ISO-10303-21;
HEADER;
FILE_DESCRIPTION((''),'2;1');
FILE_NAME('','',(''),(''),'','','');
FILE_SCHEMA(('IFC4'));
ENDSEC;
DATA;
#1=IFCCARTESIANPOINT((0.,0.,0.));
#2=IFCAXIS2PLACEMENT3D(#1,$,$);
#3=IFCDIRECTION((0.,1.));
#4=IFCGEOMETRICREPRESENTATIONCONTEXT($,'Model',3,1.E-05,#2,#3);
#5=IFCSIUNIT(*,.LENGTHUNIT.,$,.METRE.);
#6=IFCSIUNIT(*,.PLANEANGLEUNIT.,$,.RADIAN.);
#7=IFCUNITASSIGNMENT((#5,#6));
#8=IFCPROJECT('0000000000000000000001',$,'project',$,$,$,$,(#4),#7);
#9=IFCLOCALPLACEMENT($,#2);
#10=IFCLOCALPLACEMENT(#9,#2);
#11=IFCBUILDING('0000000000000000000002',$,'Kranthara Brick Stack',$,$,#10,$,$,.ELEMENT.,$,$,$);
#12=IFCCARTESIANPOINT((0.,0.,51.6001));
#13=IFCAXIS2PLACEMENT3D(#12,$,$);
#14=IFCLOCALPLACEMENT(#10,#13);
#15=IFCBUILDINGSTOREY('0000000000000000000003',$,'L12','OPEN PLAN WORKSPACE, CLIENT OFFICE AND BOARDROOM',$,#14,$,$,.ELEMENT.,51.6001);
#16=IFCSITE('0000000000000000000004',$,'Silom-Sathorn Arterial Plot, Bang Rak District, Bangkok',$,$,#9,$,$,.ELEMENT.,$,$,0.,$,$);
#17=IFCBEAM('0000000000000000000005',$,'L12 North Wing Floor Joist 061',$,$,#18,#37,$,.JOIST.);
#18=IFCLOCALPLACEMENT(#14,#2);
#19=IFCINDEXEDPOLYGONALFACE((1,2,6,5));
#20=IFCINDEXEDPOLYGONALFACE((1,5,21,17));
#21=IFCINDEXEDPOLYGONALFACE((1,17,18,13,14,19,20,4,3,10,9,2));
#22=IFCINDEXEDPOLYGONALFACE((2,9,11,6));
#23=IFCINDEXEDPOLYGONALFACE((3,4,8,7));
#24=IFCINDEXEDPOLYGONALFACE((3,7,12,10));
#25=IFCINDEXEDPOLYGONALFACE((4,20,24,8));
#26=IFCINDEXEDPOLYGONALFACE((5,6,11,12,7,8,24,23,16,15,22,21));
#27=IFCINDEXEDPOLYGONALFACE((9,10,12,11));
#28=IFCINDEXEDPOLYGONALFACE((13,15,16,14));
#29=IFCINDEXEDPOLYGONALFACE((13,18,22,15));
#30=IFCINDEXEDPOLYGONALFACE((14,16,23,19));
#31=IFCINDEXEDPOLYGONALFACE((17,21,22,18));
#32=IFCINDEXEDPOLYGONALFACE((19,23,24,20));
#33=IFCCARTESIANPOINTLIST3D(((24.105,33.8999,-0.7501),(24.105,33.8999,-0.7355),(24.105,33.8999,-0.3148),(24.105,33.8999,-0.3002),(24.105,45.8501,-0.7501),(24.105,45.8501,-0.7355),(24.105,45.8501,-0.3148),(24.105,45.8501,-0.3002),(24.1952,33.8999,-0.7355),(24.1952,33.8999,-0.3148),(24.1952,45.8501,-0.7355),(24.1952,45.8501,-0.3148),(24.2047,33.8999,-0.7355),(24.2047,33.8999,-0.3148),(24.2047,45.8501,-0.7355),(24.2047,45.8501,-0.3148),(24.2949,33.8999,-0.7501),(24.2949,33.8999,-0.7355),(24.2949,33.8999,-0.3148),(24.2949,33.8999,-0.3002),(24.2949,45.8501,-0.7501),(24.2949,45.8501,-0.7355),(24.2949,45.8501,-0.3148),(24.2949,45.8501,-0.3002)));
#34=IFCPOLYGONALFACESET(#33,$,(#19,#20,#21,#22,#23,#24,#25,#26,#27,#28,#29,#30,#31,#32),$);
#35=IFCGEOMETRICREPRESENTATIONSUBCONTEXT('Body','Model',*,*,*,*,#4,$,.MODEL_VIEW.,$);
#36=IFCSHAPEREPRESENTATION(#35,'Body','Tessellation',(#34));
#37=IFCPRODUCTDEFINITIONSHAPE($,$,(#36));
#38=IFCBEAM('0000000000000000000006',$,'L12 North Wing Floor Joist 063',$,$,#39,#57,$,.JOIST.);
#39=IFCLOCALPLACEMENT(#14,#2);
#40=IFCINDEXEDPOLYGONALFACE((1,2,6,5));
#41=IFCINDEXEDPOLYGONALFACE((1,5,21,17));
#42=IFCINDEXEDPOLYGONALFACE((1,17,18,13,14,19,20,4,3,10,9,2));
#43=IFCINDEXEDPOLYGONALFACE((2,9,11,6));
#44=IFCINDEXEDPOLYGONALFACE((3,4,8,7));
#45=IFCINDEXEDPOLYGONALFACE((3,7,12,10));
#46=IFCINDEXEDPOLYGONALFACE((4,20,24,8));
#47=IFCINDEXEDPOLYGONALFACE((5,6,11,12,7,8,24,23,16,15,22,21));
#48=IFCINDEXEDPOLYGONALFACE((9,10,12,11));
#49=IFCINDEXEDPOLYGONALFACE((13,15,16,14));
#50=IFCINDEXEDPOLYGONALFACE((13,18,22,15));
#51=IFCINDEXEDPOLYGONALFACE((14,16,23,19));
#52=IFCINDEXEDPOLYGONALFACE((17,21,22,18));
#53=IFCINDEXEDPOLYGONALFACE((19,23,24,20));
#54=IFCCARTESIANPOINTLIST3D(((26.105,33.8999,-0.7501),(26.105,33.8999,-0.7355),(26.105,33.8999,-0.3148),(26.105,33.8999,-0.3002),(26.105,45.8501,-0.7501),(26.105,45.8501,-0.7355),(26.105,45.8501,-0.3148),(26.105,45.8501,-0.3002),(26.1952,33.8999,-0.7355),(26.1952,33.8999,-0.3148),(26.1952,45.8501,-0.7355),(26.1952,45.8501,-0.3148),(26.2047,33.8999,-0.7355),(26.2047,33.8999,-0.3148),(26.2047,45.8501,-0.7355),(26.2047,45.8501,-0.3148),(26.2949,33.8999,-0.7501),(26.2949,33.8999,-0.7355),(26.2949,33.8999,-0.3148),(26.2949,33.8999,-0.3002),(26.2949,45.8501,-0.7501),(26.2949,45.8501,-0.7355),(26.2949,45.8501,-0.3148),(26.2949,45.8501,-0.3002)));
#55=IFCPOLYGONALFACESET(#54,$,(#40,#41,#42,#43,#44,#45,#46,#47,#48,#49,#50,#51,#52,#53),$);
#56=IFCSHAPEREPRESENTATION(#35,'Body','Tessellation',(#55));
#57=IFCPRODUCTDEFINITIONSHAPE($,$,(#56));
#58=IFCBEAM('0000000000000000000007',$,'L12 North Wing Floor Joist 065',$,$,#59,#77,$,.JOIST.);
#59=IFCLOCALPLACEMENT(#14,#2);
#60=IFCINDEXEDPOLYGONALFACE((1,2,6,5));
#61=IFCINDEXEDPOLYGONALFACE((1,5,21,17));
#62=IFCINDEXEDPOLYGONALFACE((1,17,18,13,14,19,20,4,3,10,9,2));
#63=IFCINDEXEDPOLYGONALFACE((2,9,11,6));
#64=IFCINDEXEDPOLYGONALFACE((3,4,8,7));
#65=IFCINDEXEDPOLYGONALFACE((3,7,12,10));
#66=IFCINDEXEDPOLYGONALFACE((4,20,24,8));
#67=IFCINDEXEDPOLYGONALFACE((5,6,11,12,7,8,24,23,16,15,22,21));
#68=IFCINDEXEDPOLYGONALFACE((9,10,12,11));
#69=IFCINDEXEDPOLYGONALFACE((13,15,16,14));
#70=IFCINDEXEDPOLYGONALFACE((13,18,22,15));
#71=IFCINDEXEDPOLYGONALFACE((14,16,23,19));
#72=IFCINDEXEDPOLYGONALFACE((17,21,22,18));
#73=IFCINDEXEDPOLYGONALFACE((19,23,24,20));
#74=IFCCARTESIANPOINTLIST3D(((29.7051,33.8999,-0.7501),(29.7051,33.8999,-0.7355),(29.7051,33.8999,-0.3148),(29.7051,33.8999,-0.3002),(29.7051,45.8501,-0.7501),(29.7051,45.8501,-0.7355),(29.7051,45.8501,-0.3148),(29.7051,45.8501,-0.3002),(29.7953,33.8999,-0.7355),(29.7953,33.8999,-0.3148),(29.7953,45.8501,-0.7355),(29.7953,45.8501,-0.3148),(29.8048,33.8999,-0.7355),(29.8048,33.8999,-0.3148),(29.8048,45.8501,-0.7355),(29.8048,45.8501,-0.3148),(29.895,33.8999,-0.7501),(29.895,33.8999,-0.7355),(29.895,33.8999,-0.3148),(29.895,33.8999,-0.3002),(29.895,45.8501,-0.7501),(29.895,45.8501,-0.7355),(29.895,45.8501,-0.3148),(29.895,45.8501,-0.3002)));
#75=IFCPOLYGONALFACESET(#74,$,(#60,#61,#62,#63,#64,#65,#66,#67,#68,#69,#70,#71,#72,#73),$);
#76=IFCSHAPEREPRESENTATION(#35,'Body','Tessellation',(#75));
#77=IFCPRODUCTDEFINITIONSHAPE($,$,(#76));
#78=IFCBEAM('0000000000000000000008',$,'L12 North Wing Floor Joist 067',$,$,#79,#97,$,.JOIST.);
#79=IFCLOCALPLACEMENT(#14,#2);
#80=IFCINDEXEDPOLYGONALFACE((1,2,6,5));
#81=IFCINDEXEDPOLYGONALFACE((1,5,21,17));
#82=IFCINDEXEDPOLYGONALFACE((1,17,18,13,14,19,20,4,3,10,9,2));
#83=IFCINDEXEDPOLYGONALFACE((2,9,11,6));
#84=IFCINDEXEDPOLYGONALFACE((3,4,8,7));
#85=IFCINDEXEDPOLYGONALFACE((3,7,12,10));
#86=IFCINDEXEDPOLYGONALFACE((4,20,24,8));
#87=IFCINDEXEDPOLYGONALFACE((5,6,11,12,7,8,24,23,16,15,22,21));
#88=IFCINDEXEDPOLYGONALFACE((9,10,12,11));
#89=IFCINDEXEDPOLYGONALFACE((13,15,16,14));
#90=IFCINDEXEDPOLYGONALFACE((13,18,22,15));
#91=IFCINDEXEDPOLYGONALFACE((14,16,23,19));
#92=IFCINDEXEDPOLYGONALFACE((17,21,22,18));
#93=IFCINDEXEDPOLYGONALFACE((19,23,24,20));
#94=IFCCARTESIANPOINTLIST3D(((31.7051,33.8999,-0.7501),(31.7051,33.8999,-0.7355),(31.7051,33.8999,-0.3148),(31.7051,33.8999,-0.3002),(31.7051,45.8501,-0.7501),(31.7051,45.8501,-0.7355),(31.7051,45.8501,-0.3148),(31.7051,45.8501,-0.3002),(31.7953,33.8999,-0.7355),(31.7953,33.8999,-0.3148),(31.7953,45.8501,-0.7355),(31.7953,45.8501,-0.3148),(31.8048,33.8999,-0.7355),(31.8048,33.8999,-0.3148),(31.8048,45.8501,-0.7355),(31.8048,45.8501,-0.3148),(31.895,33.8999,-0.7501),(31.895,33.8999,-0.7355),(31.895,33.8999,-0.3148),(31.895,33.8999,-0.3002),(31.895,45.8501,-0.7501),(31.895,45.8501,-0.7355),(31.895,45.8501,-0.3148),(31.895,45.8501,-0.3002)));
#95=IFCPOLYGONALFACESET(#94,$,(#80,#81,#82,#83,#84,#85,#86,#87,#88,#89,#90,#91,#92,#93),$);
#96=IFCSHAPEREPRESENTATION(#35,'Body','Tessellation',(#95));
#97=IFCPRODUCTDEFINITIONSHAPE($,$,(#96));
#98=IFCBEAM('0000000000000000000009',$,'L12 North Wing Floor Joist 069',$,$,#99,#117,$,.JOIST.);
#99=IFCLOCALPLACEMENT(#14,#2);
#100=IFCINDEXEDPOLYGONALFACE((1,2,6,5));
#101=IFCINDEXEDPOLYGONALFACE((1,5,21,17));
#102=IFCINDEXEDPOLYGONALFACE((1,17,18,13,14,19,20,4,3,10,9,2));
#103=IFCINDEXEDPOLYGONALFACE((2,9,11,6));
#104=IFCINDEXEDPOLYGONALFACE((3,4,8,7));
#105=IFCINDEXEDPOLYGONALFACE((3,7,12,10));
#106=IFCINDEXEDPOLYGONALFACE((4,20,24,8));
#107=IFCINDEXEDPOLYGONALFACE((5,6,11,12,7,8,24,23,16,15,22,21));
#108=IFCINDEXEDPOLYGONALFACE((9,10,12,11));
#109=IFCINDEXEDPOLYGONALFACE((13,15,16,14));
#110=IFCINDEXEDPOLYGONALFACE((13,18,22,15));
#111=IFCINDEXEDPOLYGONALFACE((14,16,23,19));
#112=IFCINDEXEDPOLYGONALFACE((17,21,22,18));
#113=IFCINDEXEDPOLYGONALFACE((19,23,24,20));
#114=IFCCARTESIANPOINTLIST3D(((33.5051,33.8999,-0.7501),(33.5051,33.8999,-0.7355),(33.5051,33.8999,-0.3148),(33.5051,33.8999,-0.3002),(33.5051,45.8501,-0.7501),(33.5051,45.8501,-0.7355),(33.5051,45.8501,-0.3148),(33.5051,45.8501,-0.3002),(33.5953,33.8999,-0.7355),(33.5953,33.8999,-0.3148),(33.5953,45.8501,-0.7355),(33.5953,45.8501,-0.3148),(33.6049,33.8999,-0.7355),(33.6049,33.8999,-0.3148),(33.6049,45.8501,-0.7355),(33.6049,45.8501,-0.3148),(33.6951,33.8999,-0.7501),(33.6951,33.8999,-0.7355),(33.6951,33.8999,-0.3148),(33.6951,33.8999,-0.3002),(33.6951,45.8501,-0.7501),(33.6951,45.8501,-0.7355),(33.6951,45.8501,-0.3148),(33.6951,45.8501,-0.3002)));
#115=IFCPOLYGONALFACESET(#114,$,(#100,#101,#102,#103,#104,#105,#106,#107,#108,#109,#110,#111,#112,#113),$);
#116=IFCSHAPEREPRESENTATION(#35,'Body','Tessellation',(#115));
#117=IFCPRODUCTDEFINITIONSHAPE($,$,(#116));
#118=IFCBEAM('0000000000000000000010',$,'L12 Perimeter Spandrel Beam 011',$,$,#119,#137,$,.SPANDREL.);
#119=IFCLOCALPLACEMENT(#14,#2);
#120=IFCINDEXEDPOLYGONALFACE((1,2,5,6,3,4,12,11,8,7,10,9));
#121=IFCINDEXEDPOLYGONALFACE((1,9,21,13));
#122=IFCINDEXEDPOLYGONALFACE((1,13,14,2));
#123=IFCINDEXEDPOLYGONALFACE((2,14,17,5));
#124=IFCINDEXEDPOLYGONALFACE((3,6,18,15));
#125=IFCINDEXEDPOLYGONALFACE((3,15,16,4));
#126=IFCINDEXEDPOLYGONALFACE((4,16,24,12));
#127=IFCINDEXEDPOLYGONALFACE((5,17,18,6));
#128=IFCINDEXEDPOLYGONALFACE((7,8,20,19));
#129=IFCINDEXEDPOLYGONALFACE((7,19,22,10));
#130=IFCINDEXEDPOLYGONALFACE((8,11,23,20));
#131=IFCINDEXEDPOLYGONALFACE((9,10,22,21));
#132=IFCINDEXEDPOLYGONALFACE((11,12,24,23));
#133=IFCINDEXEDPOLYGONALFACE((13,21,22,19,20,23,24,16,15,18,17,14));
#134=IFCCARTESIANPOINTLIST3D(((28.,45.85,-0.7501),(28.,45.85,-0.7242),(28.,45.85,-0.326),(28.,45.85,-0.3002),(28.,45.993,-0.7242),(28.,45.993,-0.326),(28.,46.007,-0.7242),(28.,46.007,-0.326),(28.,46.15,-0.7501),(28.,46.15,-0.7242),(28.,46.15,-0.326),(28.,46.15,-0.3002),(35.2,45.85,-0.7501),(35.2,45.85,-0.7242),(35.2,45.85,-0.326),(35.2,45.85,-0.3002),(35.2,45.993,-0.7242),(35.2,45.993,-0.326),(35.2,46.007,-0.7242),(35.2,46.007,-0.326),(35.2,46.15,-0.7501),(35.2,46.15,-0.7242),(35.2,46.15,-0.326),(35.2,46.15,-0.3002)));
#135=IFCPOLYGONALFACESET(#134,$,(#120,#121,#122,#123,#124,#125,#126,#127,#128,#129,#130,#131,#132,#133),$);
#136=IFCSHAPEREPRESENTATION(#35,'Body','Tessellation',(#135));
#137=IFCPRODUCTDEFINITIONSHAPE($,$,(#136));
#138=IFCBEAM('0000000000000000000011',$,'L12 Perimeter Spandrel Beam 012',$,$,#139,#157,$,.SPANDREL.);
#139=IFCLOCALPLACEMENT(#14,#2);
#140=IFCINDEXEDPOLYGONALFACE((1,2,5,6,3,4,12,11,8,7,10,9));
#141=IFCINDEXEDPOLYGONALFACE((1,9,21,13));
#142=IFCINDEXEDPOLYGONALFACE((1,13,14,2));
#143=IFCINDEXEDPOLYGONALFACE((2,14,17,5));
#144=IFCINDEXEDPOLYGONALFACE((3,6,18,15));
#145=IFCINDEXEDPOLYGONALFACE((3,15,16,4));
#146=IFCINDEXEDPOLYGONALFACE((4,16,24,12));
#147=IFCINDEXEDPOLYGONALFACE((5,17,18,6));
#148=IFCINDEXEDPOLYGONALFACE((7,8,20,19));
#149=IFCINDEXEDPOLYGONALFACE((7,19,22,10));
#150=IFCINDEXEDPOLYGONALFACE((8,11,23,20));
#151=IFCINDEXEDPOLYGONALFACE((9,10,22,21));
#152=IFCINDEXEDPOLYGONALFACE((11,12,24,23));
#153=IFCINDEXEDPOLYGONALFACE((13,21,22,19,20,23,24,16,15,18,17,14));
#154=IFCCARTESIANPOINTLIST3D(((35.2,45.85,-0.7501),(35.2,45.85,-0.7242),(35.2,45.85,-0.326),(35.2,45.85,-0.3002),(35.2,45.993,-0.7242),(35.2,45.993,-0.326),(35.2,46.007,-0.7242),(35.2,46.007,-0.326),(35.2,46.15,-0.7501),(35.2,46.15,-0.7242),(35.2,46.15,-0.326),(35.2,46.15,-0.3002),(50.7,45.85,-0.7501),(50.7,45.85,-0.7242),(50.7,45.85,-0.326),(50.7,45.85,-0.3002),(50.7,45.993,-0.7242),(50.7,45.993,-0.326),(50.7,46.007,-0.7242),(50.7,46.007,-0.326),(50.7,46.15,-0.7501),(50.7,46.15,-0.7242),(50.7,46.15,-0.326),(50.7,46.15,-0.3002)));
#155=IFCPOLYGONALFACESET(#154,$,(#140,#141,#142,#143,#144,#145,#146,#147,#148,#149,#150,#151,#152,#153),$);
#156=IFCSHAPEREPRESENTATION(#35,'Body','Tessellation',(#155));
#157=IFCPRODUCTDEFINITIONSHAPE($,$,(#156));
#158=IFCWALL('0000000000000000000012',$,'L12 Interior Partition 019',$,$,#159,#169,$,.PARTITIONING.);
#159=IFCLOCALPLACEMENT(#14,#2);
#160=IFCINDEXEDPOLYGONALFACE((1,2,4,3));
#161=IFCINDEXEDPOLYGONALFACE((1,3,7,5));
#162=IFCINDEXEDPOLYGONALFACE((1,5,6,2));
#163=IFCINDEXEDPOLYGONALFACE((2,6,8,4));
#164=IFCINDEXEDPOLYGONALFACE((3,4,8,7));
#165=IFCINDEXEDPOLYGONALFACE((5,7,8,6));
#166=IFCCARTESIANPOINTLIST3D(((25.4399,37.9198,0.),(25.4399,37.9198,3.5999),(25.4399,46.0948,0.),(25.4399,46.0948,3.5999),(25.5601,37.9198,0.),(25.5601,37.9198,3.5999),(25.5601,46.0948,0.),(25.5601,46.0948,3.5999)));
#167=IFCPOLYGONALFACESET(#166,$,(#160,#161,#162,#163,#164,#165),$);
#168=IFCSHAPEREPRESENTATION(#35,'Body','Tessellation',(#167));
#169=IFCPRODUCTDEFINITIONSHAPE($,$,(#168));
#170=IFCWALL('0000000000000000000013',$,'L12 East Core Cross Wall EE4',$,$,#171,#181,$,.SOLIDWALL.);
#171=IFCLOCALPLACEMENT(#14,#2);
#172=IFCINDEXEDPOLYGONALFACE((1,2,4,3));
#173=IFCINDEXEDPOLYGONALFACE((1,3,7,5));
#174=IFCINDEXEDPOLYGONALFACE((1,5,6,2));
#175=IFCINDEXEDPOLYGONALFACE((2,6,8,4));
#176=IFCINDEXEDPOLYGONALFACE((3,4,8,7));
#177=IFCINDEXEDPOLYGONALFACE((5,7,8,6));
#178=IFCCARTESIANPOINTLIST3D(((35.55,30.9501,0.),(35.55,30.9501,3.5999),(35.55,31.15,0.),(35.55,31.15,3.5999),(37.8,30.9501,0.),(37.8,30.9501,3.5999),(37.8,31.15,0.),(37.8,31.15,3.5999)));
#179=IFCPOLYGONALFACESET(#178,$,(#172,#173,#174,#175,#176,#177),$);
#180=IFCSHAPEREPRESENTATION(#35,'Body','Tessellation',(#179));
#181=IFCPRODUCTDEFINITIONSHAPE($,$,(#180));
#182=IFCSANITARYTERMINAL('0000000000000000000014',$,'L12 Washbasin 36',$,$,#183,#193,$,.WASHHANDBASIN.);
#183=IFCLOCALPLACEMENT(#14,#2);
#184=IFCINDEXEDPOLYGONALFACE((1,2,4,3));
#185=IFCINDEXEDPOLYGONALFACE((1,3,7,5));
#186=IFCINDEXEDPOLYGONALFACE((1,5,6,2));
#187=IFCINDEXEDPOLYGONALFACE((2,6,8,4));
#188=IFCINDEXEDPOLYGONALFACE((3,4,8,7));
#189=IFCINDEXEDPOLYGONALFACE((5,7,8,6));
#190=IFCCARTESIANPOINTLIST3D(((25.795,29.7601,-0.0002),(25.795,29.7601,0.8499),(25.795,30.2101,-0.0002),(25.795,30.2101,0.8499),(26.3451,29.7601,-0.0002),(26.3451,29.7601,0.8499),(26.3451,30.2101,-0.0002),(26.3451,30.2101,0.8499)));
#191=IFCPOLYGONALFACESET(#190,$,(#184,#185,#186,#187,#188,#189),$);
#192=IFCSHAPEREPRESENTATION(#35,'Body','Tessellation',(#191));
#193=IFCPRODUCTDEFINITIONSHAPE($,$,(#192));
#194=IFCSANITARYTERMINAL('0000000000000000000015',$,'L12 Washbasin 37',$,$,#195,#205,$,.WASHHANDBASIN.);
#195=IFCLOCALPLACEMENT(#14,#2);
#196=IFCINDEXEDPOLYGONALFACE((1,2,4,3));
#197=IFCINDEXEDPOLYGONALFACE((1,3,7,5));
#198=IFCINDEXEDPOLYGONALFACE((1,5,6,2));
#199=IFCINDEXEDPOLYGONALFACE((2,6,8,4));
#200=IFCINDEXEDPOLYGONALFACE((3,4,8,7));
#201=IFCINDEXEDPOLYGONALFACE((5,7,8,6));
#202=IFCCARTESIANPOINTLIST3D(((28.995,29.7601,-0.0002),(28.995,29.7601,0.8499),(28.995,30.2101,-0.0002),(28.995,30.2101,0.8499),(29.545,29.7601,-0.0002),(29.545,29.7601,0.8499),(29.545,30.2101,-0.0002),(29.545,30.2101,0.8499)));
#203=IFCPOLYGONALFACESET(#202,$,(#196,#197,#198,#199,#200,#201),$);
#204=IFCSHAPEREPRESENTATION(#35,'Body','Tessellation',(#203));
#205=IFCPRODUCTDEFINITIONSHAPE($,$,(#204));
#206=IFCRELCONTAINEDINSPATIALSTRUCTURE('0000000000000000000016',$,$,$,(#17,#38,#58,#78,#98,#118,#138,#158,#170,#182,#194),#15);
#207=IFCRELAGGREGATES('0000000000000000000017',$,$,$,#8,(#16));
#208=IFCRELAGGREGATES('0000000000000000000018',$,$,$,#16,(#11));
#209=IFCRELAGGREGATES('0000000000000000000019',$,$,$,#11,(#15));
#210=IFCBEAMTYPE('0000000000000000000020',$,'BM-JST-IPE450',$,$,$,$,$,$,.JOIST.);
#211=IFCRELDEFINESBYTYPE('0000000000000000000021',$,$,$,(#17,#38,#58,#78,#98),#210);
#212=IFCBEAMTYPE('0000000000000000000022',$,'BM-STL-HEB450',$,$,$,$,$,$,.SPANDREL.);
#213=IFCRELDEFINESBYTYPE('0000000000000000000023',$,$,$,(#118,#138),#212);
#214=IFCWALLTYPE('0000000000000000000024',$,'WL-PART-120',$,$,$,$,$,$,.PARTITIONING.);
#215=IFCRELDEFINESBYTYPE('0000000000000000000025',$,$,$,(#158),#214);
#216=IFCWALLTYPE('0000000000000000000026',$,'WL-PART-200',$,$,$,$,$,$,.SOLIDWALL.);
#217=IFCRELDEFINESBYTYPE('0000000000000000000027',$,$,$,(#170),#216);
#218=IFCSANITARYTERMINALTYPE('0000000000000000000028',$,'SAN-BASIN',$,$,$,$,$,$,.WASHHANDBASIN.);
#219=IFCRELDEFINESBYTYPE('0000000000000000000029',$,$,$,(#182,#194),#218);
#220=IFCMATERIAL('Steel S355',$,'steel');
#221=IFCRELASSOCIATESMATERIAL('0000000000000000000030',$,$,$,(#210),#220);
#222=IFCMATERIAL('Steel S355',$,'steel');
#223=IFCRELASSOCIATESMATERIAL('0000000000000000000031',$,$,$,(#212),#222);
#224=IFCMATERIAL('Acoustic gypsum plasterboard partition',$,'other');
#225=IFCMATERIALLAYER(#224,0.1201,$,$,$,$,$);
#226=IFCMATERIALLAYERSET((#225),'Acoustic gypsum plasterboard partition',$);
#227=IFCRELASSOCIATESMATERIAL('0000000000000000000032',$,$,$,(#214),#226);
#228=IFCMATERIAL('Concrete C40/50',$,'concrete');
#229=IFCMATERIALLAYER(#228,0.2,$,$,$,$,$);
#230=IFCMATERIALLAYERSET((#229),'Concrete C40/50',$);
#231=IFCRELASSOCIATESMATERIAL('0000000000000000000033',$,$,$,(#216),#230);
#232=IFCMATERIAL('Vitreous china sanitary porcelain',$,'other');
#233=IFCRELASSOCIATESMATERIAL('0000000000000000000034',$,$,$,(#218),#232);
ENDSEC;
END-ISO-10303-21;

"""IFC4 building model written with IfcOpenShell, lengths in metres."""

from ifc_helpers import new_model, si_unit, direction, frame, frame_2d, origin, origin_2d, place, context, subcontext, project, spatial, rectangle, i_section, extrude, material, layer, layer_set, material_profile, profile_set, type_object, element, save


model = new_model("IFC4")

# Units and contexts
model_context = context("Model", 3, precision=1e-05, world=origin(), true_north=direction((0.0, 1.0)))
body_context = subcontext(model_context, "Body", "Model", "MODEL_VIEW")
ifc_project = project(units=[si_unit("LENGTHUNIT", "METRE"), si_unit("PLANEANGLEUNIT", "RADIAN")], contexts=[model_context])

# Site, building, storey
site_placement = place(None, origin())
site = spatial("IfcSite", under=ifc_project, at=site_placement, Name="Silom-Sathorn Arterial Plot, Bang Rak District, Bangkok", CompositionType="ELEMENT", RefElevation=0.0)
building_placement = place(site_placement, origin())
building = spatial("IfcBuilding", under=site, at=building_placement, Name="Kranthara Brick Stack", CompositionType="ELEMENT")
storey_placement = place(building_placement, frame((0.0, 0.0, 51.6001)))
storey = spatial("IfcBuildingStorey", under=building, at=storey_placement, Name="L12", Description="OPEN PLAN WORKSPACE, CLIENT OFFICE AND BOARDROOM", CompositionType="ELEMENT", Elevation=51.6001)

# Beams
ifc_material_1 = material(Name="Steel S355", Category="steel")
ifc_material_profile_1 = material_profile(ifc_material_1, i_section(OverallWidth=0.1899, OverallDepth=0.45, WebThickness=0.0095, FlangeThickness=0.0146, at=origin_2d()), Name="IPE 450")
ifc_profile_set_1 = profile_set([ifc_material_profile_1], Name="Steel S355")
beam_type_1 = type_object("IfcBeamType", Name="BM-JST-IPE450", PredefinedType="JOIST", material=ifc_profile_set_1)
for number, where, z_axis, x_axis, name in (
    (1, (24.2, 33.8999, -0.5251), (0.0, 1.0, 0.0), (-1.0, 0.0, 0.0), "L12 North Wing Floor Joist 061"),
    (2, (26.2, 33.8999, -0.5251), (0.0, 1.0, 0.0), (-1.0, 0.0, 0.0), "L12 North Wing Floor Joist 063"),
    (3, (29.8, 33.8999, -0.5251), (0.0, 1.0, 0.0), (-1.0, 0.0, 0.0), "L12 North Wing Floor Joist 065"),
    (4, (31.8, 33.8999, -0.5251), (0.0, 1.0, 0.0), (-1.0, 0.0, 0.0), "L12 North Wing Floor Joist 067"),
    (5, (33.6001, 33.8999, -0.5251), (0.0, 1.0, 0.0), (-1.0, 0.0, 0.0), "L12 North Wing Floor Joist 069"),
):
    element("IfcBeam", number, at=place(storey_placement, frame(where, z_axis=z_axis, x_axis=x_axis)), inside=storey, type_object=beam_type_1, Name=name, PredefinedType="JOIST", context=body_context, shape_type="SweptSolid", body=[
        extrude(i_section(OverallWidth=0.1899, OverallDepth=0.45, WebThickness=0.0095, FlangeThickness=0.0146, at=origin_2d()), origin(), (0.0, 0.0, 1.0), 11.9502),
    ])
ifc_material_2 = material(Name="Steel S355", Category="steel")
ifc_material_profile_2 = material_profile(ifc_material_2, i_section(OverallWidth=0.3, OverallDepth=0.45, WebThickness=0.0139, FlangeThickness=0.0259, at=origin_2d()), Name="HEB 450")
ifc_profile_set_2 = profile_set([ifc_material_profile_2], Name="Steel S355")
beam_type_2 = type_object("IfcBeamType", Name="BM-STL-HEB450", PredefinedType="SPANDREL", material=ifc_profile_set_2)
beam_1_placement = place(storey_placement, frame((28.0, 46.0, -0.5251), z_axis=(1.0, 0.0, 0.0), x_axis=(0.0, 1.0, 0.0)))
element("IfcBeam", 6, at=beam_1_placement, inside=storey, type_object=beam_type_2, Name="L12 Perimeter Spandrel Beam 011", PredefinedType="SPANDREL", context=body_context, shape_type="SweptSolid", body=[
    extrude(i_section(OverallWidth=0.3, OverallDepth=0.45, WebThickness=0.0139, FlangeThickness=0.0259, at=origin_2d()), origin(), (0.0, 0.0, 1.0), 7.2),
])
beam_2_placement = place(storey_placement, frame((35.2, 46.0, -0.5251), z_axis=(1.0, 0.0, 0.0), x_axis=(0.0, 1.0, 0.0)))
element("IfcBeam", 7, at=beam_2_placement, inside=storey, type_object=beam_type_2, Name="L12 Perimeter Spandrel Beam 012", PredefinedType="SPANDREL", context=body_context, shape_type="SweptSolid", body=[
    extrude(i_section(OverallWidth=0.3, OverallDepth=0.45, WebThickness=0.0139, FlangeThickness=0.0259, at=origin_2d()), origin(), (0.0, 0.0, 1.0), 15.5),
])

# Walls
ifc_material_3 = material(Name="Acoustic gypsum plasterboard partition", Category="other")
ifc_layer_1 = layer(ifc_material_3, 0.1201)
ifc_layer_set_1 = layer_set([ifc_layer_1], Name="Acoustic gypsum plasterboard partition")
wall_type_1 = type_object("IfcWallType", Name="WL-PART-120", PredefinedType="PARTITIONING", material=ifc_layer_set_1)
wall_1_placement = place(storey_placement, frame((25.5, 37.9199, 0.0), z_axis=(0.0, 0.0, 1.0), x_axis=(0.0, 1.0, 0.0)))
element("IfcWall", 8, at=wall_1_placement, inside=storey, type_object=wall_type_1, Name="L12 Interior Partition 019", PredefinedType="PARTITIONING", context=body_context, shape_type="SweptSolid", body=[
    extrude(rectangle(XDim=8.175, YDim=0.1201, at=frame_2d((4.0874, 0.0))), origin(), (0.0, 0.0, 1.0), 3.5999),
])
ifc_material_4 = material(Name="Concrete C40/50", Category="concrete")
ifc_layer_2 = layer(ifc_material_4, 0.2)
ifc_layer_set_2 = layer_set([ifc_layer_2], Name="Concrete C40/50")
wall_type_2 = type_object("IfcWallType", Name="WL-PART-200", PredefinedType="SOLIDWALL", material=ifc_layer_set_2)
wall_2_placement = place(storey_placement, frame((35.55, 31.05, 0.0), z_axis=(0.0, 0.0, 1.0), x_axis=(1.0, 0.0, 0.0)))
element("IfcWall", 9, at=wall_2_placement, inside=storey, type_object=wall_type_2, Name="L12 East Core Cross Wall EE4", PredefinedType="SOLIDWALL", context=body_context, shape_type="SweptSolid", body=[
    extrude(rectangle(XDim=2.25, YDim=0.2, at=frame_2d((1.125, 0.0))), origin(), (0.0, 0.0, 1.0), 3.5999),
])

# Sanitary terminals
ifc_material_5 = material(Name="Vitreous china sanitary porcelain", Category="other")
sanitary_terminal_type_1 = type_object("IfcSanitaryTerminalType", Name="SAN-BASIN", PredefinedType="WASHHANDBASIN", material=ifc_material_5)
for number, where, z_axis, x_axis, name in (
    (10, (26.0701, 29.9851, -0.0002), (0.0, 0.0, 1.0), (1.0, 0.0, 0.0), "L12 Washbasin 36"),
    (11, (29.27, 29.9851, -0.0002), (0.0, 0.0, 1.0), (1.0, 0.0, 0.0), "L12 Washbasin 37"),
):
    element("IfcSanitaryTerminal", number, at=place(storey_placement, frame(where, z_axis=z_axis, x_axis=x_axis)), inside=storey, type_object=sanitary_terminal_type_1, Name=name, PredefinedType="WASHHANDBASIN", context=body_context, shape_type="SweptSolid", body=[
        extrude(rectangle(XDim=0.55, YDim=0.45, at=origin_2d()), origin(), (0.0, 0.0, 1.0), 0.8501),
    ])

save(model, "model.ifc")
